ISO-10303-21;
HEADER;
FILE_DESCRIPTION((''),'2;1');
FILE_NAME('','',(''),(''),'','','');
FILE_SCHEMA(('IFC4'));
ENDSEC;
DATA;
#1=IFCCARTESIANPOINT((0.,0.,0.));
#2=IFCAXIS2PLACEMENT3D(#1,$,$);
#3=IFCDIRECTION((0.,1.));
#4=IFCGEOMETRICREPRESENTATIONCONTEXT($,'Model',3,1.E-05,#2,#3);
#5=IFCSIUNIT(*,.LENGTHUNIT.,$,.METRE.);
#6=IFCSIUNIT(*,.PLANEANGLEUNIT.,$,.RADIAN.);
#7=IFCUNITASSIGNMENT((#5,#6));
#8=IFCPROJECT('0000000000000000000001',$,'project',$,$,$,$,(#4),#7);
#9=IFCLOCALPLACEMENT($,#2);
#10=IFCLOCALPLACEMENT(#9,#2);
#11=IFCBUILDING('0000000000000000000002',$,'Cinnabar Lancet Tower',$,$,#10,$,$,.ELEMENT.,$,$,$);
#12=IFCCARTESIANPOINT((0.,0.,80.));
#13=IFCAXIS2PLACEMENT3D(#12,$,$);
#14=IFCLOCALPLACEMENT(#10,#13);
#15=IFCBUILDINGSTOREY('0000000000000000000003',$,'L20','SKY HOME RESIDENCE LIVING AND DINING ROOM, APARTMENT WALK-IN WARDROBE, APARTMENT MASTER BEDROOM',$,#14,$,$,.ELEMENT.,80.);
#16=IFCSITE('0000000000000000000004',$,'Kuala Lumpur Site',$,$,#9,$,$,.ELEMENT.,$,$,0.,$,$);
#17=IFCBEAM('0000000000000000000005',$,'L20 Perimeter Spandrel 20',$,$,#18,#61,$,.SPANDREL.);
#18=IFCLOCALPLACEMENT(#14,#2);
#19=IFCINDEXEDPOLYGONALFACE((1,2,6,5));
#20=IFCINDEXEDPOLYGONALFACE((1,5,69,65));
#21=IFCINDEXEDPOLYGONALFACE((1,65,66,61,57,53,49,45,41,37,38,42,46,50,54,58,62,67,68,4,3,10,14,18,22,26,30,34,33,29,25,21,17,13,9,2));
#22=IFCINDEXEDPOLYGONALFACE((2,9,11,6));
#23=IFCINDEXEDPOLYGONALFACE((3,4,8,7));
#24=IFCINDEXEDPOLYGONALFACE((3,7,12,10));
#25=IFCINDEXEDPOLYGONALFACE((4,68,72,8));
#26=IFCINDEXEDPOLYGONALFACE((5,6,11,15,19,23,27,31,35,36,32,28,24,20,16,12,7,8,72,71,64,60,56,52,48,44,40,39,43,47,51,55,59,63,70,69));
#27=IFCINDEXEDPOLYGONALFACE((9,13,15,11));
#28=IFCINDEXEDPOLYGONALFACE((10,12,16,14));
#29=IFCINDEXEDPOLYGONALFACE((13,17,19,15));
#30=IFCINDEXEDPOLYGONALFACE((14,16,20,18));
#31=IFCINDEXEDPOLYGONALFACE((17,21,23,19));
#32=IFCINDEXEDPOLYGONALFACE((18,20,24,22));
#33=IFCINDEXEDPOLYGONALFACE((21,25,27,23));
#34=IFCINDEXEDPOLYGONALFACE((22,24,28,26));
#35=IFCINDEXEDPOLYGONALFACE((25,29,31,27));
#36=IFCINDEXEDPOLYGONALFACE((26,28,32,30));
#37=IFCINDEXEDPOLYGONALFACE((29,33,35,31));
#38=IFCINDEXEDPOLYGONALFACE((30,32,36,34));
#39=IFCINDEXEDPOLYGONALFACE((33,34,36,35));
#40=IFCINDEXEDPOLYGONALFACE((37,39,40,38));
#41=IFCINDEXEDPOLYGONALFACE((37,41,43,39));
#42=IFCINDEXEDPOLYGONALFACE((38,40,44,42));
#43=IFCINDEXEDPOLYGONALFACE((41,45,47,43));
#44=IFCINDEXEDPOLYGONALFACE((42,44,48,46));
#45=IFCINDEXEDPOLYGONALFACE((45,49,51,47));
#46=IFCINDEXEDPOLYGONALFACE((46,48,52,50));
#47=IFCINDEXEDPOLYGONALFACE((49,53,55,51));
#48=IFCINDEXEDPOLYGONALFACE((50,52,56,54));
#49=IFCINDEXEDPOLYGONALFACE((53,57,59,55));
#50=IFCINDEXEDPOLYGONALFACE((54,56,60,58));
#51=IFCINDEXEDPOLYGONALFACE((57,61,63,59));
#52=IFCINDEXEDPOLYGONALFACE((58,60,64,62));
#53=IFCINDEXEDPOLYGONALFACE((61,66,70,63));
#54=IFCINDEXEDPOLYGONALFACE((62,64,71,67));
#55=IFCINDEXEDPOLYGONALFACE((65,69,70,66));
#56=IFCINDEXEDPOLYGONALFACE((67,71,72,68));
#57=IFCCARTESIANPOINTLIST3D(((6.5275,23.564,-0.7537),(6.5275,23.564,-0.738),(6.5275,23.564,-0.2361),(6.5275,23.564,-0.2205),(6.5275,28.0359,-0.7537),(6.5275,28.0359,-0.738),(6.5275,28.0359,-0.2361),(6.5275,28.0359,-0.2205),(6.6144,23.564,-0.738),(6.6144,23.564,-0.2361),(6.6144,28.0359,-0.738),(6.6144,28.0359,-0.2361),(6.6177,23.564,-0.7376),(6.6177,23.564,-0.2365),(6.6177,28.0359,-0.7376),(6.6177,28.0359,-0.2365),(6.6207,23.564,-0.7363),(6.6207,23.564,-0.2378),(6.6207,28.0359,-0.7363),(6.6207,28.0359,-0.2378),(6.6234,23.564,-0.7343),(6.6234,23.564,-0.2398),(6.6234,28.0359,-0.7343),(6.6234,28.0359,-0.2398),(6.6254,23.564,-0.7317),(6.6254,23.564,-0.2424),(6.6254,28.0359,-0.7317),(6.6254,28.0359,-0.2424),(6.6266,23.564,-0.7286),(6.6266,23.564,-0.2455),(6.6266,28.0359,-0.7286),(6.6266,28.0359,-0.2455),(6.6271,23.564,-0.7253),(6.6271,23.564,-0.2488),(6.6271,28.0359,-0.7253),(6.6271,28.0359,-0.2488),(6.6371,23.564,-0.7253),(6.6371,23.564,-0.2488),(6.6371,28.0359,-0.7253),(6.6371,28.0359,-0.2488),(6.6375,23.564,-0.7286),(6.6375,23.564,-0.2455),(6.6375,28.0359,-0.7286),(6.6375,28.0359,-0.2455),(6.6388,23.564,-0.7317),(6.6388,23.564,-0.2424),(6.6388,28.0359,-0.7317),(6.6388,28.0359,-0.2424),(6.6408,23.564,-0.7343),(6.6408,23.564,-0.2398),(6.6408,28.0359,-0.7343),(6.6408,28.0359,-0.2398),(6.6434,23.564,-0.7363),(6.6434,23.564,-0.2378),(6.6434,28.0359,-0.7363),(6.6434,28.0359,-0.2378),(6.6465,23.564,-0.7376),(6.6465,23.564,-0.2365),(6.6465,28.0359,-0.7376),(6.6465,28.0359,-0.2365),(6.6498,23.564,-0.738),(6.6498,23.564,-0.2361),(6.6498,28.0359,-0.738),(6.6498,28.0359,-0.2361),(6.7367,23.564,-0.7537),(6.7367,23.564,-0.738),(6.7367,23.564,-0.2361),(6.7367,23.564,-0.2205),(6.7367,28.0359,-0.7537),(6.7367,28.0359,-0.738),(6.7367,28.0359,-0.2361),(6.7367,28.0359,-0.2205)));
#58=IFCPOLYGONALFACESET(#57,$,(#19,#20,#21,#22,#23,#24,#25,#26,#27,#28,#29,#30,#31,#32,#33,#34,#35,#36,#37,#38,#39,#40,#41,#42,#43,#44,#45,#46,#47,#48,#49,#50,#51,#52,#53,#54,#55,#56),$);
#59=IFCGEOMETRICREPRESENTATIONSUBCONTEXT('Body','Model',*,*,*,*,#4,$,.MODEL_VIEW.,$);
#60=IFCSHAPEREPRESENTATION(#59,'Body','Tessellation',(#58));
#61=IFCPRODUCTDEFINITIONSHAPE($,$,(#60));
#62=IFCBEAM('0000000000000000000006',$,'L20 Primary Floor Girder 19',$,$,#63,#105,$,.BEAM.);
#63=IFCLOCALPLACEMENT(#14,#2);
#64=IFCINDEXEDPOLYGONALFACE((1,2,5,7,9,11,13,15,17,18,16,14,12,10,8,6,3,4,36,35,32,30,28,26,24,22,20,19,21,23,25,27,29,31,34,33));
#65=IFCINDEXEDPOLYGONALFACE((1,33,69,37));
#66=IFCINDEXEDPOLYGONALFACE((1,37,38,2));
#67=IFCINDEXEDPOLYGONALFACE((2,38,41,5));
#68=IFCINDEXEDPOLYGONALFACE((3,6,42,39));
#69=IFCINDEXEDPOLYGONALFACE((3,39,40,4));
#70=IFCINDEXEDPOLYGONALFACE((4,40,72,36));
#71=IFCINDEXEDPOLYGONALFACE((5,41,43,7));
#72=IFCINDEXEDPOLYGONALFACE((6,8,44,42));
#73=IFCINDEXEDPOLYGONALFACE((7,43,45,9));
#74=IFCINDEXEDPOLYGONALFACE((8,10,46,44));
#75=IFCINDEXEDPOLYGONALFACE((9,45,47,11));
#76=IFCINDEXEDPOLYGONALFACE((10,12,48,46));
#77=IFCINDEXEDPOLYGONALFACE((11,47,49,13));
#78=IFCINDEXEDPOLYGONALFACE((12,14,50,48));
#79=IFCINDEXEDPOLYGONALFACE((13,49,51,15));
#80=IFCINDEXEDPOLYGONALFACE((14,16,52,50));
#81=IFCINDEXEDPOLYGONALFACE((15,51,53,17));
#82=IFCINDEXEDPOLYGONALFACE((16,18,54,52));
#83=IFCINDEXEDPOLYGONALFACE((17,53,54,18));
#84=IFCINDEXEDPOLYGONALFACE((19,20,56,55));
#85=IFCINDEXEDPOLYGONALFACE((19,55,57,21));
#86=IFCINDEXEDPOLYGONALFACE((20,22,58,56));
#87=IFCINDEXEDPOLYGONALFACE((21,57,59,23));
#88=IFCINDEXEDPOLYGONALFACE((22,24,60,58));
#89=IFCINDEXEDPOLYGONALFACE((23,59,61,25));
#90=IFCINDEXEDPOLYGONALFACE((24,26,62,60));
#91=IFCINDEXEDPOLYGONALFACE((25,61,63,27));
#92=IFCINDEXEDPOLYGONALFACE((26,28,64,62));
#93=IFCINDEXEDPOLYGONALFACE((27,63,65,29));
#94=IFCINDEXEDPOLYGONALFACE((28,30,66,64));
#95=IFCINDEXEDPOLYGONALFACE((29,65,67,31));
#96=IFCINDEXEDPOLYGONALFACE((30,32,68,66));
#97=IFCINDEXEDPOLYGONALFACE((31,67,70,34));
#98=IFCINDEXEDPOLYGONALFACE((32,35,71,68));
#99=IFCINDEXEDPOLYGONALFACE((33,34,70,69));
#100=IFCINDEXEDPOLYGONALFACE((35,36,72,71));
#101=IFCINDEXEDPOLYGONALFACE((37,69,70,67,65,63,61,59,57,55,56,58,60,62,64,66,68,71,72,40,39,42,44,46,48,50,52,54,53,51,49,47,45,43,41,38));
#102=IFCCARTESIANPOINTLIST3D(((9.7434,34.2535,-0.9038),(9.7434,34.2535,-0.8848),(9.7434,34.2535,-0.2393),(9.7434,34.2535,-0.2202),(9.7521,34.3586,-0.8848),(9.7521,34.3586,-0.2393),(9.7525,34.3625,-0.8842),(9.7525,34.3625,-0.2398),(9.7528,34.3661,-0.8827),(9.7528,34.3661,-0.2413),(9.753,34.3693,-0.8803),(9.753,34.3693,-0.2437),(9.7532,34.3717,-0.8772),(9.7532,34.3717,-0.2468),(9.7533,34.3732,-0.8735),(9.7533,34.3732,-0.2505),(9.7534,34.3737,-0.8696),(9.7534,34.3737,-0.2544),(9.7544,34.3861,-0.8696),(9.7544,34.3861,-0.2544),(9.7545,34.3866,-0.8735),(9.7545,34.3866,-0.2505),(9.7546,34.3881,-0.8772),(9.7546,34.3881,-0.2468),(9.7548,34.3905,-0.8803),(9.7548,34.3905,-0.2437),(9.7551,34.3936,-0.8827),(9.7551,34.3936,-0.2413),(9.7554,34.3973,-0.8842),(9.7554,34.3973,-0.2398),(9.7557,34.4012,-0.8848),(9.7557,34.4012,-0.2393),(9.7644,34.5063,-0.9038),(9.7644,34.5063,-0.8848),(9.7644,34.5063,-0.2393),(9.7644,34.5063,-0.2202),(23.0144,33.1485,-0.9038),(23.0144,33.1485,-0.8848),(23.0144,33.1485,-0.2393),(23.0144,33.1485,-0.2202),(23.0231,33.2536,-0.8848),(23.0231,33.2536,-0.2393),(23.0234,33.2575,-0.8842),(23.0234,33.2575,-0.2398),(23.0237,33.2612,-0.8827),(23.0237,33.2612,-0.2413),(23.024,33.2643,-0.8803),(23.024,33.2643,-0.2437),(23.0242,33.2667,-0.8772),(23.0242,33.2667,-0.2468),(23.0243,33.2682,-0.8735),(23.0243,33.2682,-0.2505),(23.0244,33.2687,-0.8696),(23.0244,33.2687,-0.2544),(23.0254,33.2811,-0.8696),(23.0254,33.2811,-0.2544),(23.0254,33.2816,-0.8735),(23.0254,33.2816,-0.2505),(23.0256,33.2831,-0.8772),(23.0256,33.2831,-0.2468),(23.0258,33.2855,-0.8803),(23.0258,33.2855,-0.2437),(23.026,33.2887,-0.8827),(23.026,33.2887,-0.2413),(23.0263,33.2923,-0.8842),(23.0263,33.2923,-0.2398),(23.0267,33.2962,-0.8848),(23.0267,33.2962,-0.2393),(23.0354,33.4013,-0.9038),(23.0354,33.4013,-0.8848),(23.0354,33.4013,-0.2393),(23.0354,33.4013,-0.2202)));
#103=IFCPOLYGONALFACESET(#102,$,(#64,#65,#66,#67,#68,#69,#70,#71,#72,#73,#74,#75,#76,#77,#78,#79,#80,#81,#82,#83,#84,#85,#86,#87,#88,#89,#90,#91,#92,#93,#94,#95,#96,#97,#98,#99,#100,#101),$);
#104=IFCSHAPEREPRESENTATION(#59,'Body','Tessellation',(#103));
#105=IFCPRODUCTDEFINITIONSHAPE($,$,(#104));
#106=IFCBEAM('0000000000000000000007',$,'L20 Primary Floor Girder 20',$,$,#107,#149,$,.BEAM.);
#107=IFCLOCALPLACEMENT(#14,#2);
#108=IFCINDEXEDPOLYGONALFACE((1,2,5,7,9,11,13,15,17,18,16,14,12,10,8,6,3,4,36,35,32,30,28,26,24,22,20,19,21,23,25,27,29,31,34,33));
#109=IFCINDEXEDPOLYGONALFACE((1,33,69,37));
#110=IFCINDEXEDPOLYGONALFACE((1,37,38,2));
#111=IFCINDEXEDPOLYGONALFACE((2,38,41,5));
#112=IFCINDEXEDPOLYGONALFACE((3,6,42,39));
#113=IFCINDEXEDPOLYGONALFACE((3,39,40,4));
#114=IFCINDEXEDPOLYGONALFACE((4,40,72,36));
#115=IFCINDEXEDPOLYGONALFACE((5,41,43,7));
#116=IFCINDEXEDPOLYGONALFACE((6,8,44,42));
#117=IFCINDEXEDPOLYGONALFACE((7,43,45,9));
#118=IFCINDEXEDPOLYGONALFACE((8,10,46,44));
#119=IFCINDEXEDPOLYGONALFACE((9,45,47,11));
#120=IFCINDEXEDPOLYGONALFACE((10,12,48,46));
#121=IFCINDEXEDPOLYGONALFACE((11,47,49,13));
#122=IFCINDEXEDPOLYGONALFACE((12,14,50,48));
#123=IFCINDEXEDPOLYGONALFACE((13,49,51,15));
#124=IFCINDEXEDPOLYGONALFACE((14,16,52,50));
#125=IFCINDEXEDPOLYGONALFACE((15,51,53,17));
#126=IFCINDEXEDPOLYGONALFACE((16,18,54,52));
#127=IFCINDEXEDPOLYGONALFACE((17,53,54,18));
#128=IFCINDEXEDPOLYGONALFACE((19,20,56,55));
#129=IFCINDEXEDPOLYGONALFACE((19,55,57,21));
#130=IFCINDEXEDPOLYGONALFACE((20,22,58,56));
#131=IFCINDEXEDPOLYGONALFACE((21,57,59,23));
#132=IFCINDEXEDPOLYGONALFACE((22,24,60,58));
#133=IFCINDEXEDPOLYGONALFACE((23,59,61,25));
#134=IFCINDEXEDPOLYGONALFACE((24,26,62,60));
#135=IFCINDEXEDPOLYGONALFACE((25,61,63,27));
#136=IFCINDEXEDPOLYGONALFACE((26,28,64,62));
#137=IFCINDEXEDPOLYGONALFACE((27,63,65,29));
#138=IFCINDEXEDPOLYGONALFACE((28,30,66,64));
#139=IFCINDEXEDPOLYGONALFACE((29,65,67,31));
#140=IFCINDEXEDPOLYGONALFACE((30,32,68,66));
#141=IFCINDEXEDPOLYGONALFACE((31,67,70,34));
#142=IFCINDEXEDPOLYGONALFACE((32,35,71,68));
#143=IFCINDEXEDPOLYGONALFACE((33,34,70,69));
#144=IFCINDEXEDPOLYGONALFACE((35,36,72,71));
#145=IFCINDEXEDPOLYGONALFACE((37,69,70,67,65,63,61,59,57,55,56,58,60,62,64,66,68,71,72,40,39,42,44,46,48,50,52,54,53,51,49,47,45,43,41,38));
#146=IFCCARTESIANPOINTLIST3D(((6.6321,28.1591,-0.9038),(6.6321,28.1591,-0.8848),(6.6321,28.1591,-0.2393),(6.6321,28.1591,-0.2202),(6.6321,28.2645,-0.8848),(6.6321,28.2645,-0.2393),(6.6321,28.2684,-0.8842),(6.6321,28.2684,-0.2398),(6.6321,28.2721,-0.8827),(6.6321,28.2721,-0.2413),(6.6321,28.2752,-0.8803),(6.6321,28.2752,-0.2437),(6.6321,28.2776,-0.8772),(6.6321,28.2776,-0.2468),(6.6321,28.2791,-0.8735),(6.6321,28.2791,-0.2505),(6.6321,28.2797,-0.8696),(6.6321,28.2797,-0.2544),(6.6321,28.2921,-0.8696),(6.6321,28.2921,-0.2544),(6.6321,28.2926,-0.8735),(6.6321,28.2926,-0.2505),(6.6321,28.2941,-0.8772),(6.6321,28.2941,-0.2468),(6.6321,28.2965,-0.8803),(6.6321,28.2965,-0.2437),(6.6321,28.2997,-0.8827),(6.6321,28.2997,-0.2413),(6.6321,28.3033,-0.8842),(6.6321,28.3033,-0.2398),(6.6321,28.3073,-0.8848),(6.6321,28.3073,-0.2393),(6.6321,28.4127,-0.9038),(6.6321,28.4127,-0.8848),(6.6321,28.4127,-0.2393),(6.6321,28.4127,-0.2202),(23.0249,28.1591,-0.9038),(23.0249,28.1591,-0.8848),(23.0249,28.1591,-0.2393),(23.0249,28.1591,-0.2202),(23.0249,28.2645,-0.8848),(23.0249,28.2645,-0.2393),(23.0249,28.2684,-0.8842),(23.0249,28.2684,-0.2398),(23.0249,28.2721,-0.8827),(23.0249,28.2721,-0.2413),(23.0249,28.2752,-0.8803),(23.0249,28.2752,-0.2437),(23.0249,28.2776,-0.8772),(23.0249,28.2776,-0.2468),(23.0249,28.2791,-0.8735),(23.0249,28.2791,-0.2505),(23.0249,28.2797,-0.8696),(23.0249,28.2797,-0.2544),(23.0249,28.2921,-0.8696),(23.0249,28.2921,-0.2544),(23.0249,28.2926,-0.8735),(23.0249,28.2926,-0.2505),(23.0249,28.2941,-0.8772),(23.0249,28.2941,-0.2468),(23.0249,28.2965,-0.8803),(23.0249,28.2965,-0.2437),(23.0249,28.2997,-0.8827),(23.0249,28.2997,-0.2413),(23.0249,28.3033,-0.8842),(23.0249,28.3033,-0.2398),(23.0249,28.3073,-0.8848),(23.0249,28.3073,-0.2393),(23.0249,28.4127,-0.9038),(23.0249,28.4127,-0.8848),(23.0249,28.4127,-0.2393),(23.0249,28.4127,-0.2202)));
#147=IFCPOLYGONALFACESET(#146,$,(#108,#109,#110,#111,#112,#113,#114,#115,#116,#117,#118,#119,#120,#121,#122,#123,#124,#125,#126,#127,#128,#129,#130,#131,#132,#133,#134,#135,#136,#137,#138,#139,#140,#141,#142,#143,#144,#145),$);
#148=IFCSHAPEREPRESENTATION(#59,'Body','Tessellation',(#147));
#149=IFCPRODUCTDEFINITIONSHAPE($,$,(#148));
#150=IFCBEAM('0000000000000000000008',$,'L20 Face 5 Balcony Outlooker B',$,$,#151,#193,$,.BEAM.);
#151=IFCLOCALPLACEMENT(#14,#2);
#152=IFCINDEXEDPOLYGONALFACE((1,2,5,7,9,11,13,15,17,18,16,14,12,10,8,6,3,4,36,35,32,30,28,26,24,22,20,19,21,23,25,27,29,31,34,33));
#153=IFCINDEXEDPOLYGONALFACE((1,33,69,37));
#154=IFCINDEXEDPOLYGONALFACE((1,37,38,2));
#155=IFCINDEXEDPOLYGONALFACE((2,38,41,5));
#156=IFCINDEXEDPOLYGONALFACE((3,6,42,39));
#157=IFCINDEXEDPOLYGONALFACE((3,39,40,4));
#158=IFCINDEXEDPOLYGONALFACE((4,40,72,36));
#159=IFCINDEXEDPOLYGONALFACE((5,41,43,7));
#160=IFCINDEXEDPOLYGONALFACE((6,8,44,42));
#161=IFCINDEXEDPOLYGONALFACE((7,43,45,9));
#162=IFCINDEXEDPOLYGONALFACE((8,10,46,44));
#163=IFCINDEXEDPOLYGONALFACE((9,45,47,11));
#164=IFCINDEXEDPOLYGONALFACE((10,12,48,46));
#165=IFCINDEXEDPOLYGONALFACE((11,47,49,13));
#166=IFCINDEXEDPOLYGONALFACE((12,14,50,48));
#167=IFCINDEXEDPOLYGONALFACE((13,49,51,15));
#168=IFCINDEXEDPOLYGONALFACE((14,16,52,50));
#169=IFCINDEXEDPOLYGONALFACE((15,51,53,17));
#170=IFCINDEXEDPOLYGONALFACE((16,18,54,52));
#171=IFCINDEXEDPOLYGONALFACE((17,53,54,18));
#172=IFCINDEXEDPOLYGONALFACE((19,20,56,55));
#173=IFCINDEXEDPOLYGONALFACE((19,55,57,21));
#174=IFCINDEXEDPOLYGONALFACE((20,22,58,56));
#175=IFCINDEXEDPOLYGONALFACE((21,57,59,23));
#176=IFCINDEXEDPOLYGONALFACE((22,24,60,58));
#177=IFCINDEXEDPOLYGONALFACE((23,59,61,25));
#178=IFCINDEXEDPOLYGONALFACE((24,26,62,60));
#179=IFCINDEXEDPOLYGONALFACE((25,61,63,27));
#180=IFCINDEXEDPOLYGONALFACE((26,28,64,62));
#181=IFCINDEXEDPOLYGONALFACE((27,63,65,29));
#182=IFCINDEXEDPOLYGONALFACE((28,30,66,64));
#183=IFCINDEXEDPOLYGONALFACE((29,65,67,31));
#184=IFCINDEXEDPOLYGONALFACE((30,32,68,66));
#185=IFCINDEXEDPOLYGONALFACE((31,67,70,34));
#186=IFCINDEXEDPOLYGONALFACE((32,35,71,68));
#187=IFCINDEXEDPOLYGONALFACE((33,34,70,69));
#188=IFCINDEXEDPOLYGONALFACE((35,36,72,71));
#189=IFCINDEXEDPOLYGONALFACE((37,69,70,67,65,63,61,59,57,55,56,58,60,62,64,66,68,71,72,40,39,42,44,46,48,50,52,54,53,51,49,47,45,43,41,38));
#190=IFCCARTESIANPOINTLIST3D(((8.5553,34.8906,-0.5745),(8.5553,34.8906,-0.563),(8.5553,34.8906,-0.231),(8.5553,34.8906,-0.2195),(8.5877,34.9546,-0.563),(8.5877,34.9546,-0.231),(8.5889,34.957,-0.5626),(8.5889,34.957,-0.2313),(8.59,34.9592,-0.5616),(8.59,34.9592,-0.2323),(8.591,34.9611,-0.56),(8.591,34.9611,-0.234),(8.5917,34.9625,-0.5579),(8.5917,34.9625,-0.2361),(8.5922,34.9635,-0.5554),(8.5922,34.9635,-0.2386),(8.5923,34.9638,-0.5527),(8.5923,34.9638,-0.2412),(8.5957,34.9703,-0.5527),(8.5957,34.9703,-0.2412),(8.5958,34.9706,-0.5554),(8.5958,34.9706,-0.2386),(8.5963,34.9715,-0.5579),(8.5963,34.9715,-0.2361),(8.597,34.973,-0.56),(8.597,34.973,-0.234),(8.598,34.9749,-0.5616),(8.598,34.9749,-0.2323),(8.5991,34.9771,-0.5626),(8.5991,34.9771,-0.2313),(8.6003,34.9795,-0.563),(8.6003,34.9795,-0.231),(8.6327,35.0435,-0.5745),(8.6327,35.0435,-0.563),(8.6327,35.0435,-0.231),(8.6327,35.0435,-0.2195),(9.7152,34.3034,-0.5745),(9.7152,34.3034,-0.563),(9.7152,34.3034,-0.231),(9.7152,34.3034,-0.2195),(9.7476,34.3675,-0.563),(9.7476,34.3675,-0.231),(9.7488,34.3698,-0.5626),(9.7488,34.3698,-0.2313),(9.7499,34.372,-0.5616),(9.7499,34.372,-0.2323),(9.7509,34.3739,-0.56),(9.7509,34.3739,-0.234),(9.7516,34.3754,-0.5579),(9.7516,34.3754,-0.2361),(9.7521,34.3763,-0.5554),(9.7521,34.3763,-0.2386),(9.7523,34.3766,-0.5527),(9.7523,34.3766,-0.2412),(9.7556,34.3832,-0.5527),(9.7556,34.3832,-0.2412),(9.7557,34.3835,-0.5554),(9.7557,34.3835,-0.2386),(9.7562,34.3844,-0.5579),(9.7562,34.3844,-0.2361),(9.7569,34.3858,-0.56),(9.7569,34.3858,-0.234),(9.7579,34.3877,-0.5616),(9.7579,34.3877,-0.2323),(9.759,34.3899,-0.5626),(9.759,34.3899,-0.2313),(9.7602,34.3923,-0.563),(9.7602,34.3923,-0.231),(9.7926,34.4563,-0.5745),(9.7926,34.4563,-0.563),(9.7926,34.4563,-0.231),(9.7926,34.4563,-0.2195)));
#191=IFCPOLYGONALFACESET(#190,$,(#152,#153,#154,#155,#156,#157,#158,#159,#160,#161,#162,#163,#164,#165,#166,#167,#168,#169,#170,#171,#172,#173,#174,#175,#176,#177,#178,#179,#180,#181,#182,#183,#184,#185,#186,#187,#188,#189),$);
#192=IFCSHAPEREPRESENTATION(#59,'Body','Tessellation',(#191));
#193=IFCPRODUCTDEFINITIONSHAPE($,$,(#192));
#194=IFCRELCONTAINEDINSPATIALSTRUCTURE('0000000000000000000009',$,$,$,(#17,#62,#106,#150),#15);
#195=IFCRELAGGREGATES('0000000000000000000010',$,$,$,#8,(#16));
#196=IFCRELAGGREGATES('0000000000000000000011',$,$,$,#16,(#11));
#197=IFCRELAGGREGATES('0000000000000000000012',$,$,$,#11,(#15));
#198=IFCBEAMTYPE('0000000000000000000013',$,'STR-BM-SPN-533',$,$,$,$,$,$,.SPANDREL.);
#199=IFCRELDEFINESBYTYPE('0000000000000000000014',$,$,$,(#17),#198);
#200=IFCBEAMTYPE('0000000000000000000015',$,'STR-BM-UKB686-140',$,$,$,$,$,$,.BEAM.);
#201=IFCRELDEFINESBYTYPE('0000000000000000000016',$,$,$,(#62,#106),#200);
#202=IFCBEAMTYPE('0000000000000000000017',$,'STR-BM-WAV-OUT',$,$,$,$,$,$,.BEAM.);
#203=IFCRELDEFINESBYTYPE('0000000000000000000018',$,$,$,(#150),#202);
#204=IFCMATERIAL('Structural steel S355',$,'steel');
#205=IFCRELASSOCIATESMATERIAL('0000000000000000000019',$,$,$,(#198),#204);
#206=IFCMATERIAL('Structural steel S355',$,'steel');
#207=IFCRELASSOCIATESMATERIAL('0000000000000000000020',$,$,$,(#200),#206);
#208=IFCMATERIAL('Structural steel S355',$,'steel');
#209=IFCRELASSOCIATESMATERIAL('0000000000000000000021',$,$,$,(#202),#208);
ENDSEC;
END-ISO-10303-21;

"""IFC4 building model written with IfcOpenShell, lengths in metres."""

from ifc_helpers import new_model, si_unit, direction, frame, origin, origin_2d, place, context, subcontext, project, spatial, i_section, extrude, material, material_profile, profile_set, type_object, element, save


model = new_model("IFC4")

# Units and contexts
model_context = context("Model", 3, precision=1e-05, world=origin(), true_north=direction((0.0, 1.0)))
body_context = subcontext(model_context, "Body", "Model", "MODEL_VIEW")
ifc_project = project(units=[si_unit("LENGTHUNIT", "METRE"), si_unit("PLANEANGLEUNIT", "RADIAN")], contexts=[model_context])

# Site, building, storey
site_placement = place(None, origin())
site = spatial("IfcSite", under=ifc_project, at=site_placement, Name="Kuala Lumpur Site", CompositionType="ELEMENT", RefElevation=0.0)
building_placement = place(site_placement, origin())
building = spatial("IfcBuilding", under=site, at=building_placement, Name="Cinnabar Lancet Tower", CompositionType="ELEMENT")
storey_placement = place(building_placement, frame((0.0, 0.0, 80.0)))
storey = spatial("IfcBuildingStorey", under=building, at=storey_placement, Name="L20", Description="SKY HOME RESIDENCE LIVING AND DINING ROOM, APARTMENT WALK-IN WARDROBE, APARTMENT MASTER BEDROOM", CompositionType="ELEMENT", Elevation=80.0)

# Beams
ifc_material_1 = material(Name="Structural steel S355", Category="steel")
ifc_material_profile_1 = material_profile(ifc_material_1, i_section(OverallWidth=0.2092, OverallDepth=0.5332, WebThickness=0.01, FlangeThickness=0.0156, FilletRadius=0.0127, at=origin_2d()), Name="UKB 533x210x92")
ifc_profile_set_1 = profile_set([ifc_material_profile_1], Name="Structural steel S355")
beam_type_1 = type_object("IfcBeamType", Name="STR-BM-SPN-533", PredefinedType="SPANDREL", material=ifc_profile_set_1)
beam_1_placement = place(storey_placement, frame((6.6321, 28.0359, -0.4871), z_axis=(0.0, -1.0, 0.0), x_axis=(1.0, 0.0, 0.0)))
element("IfcBeam", 1, at=beam_1_placement, inside=storey, type_object=beam_type_1, Name="L20 Perimeter Spandrel 20", PredefinedType="SPANDREL", context=body_context, shape_type="SweptSolid", body=[
    extrude(i_section(OverallWidth=0.2092, OverallDepth=0.5332, WebThickness=0.01, FlangeThickness=0.0156, FilletRadius=0.0127, at=origin_2d()), origin(), (0.0, 0.0, 1.0), 4.4719),
])
ifc_material_2 = material(Name="Structural steel S355", Category="steel")
ifc_material_profile_2 = material_profile(ifc_material_2, i_section(OverallWidth=0.2537, OverallDepth=0.6836, WebThickness=0.0125, FlangeThickness=0.019, FilletRadius=0.0151, at=origin_2d()), Name="UKB 686x254x140")
ifc_profile_set_2 = profile_set([ifc_material_profile_2], Name="Structural steel S355")
beam_type_2 = type_object("IfcBeamType", Name="STR-BM-UKB686-140", PredefinedType="BEAM", material=ifc_profile_set_2)
beam_2_placement = place(storey_placement, frame((9.7539, 34.3799, -0.562), z_axis=(0.996552, -0.082976, 0.0), x_axis=(0.082976, 0.996552, 0.0)))
element("IfcBeam", 2, at=beam_2_placement, inside=storey, type_object=beam_type_2, Name="L20 Primary Floor Girder 19", PredefinedType="BEAM", context=body_context, shape_type="SweptSolid", body=[
    extrude(i_section(OverallWidth=0.2537, OverallDepth=0.6836, WebThickness=0.0125, FlangeThickness=0.019, FilletRadius=0.0151, at=origin_2d()), origin(), (0.0, 0.0, 1.0), 13.3169),
])
beam_3_placement = place(storey_placement, frame((6.6321, 28.2859, -0.562), z_axis=(1.0, 0.0, 0.0), x_axis=(0.0, 1.0, 0.0)))
element("IfcBeam", 3, at=beam_3_placement, inside=storey, type_object=beam_type_2, Name="L20 Primary Floor Girder 20", PredefinedType="BEAM", context=body_context, shape_type="SweptSolid", body=[
    extrude(i_section(OverallWidth=0.2537, OverallDepth=0.6836, WebThickness=0.0125, FlangeThickness=0.019, FilletRadius=0.0151, at=origin_2d()), origin(), (0.0, 0.0, 1.0), 16.3928),
])
ifc_material_3 = material(Name="Structural steel S355", Category="steel")
ifc_material_profile_3 = material_profile(ifc_material_3, i_section(OverallWidth=0.1714, OverallDepth=0.355, WebThickness=0.0073, FlangeThickness=0.0115, FilletRadius=0.0103, at=origin_2d()), Name="UKB 356x171x51")
ifc_profile_set_3 = profile_set([ifc_material_profile_3], Name="Structural steel S355")
beam_type_3 = type_object("IfcBeamType", Name="STR-BM-WAV-OUT", PredefinedType="BEAM", material=ifc_profile_set_3)
beam_4_placement = place(storey_placement, frame((9.7539, 34.3799, -0.397), z_axis=(-0.8922, 0.45164, 0.0), x_axis=(-0.45164, -0.8922, 0.0)))
element("IfcBeam", 4, at=beam_4_placement, inside=storey, type_object=beam_type_3, Name="L20 Face 5 Balcony Outlooker B", PredefinedType="BEAM", context=body_context, shape_type="SweptSolid", body=[
    extrude(i_section(OverallWidth=0.1714, OverallDepth=0.355, WebThickness=0.0073, FlangeThickness=0.0115, FilletRadius=0.0103, at=origin_2d()), origin(), (0.0, 0.0, 1.0), 1.3),
])

save(model, "model.ifc")
